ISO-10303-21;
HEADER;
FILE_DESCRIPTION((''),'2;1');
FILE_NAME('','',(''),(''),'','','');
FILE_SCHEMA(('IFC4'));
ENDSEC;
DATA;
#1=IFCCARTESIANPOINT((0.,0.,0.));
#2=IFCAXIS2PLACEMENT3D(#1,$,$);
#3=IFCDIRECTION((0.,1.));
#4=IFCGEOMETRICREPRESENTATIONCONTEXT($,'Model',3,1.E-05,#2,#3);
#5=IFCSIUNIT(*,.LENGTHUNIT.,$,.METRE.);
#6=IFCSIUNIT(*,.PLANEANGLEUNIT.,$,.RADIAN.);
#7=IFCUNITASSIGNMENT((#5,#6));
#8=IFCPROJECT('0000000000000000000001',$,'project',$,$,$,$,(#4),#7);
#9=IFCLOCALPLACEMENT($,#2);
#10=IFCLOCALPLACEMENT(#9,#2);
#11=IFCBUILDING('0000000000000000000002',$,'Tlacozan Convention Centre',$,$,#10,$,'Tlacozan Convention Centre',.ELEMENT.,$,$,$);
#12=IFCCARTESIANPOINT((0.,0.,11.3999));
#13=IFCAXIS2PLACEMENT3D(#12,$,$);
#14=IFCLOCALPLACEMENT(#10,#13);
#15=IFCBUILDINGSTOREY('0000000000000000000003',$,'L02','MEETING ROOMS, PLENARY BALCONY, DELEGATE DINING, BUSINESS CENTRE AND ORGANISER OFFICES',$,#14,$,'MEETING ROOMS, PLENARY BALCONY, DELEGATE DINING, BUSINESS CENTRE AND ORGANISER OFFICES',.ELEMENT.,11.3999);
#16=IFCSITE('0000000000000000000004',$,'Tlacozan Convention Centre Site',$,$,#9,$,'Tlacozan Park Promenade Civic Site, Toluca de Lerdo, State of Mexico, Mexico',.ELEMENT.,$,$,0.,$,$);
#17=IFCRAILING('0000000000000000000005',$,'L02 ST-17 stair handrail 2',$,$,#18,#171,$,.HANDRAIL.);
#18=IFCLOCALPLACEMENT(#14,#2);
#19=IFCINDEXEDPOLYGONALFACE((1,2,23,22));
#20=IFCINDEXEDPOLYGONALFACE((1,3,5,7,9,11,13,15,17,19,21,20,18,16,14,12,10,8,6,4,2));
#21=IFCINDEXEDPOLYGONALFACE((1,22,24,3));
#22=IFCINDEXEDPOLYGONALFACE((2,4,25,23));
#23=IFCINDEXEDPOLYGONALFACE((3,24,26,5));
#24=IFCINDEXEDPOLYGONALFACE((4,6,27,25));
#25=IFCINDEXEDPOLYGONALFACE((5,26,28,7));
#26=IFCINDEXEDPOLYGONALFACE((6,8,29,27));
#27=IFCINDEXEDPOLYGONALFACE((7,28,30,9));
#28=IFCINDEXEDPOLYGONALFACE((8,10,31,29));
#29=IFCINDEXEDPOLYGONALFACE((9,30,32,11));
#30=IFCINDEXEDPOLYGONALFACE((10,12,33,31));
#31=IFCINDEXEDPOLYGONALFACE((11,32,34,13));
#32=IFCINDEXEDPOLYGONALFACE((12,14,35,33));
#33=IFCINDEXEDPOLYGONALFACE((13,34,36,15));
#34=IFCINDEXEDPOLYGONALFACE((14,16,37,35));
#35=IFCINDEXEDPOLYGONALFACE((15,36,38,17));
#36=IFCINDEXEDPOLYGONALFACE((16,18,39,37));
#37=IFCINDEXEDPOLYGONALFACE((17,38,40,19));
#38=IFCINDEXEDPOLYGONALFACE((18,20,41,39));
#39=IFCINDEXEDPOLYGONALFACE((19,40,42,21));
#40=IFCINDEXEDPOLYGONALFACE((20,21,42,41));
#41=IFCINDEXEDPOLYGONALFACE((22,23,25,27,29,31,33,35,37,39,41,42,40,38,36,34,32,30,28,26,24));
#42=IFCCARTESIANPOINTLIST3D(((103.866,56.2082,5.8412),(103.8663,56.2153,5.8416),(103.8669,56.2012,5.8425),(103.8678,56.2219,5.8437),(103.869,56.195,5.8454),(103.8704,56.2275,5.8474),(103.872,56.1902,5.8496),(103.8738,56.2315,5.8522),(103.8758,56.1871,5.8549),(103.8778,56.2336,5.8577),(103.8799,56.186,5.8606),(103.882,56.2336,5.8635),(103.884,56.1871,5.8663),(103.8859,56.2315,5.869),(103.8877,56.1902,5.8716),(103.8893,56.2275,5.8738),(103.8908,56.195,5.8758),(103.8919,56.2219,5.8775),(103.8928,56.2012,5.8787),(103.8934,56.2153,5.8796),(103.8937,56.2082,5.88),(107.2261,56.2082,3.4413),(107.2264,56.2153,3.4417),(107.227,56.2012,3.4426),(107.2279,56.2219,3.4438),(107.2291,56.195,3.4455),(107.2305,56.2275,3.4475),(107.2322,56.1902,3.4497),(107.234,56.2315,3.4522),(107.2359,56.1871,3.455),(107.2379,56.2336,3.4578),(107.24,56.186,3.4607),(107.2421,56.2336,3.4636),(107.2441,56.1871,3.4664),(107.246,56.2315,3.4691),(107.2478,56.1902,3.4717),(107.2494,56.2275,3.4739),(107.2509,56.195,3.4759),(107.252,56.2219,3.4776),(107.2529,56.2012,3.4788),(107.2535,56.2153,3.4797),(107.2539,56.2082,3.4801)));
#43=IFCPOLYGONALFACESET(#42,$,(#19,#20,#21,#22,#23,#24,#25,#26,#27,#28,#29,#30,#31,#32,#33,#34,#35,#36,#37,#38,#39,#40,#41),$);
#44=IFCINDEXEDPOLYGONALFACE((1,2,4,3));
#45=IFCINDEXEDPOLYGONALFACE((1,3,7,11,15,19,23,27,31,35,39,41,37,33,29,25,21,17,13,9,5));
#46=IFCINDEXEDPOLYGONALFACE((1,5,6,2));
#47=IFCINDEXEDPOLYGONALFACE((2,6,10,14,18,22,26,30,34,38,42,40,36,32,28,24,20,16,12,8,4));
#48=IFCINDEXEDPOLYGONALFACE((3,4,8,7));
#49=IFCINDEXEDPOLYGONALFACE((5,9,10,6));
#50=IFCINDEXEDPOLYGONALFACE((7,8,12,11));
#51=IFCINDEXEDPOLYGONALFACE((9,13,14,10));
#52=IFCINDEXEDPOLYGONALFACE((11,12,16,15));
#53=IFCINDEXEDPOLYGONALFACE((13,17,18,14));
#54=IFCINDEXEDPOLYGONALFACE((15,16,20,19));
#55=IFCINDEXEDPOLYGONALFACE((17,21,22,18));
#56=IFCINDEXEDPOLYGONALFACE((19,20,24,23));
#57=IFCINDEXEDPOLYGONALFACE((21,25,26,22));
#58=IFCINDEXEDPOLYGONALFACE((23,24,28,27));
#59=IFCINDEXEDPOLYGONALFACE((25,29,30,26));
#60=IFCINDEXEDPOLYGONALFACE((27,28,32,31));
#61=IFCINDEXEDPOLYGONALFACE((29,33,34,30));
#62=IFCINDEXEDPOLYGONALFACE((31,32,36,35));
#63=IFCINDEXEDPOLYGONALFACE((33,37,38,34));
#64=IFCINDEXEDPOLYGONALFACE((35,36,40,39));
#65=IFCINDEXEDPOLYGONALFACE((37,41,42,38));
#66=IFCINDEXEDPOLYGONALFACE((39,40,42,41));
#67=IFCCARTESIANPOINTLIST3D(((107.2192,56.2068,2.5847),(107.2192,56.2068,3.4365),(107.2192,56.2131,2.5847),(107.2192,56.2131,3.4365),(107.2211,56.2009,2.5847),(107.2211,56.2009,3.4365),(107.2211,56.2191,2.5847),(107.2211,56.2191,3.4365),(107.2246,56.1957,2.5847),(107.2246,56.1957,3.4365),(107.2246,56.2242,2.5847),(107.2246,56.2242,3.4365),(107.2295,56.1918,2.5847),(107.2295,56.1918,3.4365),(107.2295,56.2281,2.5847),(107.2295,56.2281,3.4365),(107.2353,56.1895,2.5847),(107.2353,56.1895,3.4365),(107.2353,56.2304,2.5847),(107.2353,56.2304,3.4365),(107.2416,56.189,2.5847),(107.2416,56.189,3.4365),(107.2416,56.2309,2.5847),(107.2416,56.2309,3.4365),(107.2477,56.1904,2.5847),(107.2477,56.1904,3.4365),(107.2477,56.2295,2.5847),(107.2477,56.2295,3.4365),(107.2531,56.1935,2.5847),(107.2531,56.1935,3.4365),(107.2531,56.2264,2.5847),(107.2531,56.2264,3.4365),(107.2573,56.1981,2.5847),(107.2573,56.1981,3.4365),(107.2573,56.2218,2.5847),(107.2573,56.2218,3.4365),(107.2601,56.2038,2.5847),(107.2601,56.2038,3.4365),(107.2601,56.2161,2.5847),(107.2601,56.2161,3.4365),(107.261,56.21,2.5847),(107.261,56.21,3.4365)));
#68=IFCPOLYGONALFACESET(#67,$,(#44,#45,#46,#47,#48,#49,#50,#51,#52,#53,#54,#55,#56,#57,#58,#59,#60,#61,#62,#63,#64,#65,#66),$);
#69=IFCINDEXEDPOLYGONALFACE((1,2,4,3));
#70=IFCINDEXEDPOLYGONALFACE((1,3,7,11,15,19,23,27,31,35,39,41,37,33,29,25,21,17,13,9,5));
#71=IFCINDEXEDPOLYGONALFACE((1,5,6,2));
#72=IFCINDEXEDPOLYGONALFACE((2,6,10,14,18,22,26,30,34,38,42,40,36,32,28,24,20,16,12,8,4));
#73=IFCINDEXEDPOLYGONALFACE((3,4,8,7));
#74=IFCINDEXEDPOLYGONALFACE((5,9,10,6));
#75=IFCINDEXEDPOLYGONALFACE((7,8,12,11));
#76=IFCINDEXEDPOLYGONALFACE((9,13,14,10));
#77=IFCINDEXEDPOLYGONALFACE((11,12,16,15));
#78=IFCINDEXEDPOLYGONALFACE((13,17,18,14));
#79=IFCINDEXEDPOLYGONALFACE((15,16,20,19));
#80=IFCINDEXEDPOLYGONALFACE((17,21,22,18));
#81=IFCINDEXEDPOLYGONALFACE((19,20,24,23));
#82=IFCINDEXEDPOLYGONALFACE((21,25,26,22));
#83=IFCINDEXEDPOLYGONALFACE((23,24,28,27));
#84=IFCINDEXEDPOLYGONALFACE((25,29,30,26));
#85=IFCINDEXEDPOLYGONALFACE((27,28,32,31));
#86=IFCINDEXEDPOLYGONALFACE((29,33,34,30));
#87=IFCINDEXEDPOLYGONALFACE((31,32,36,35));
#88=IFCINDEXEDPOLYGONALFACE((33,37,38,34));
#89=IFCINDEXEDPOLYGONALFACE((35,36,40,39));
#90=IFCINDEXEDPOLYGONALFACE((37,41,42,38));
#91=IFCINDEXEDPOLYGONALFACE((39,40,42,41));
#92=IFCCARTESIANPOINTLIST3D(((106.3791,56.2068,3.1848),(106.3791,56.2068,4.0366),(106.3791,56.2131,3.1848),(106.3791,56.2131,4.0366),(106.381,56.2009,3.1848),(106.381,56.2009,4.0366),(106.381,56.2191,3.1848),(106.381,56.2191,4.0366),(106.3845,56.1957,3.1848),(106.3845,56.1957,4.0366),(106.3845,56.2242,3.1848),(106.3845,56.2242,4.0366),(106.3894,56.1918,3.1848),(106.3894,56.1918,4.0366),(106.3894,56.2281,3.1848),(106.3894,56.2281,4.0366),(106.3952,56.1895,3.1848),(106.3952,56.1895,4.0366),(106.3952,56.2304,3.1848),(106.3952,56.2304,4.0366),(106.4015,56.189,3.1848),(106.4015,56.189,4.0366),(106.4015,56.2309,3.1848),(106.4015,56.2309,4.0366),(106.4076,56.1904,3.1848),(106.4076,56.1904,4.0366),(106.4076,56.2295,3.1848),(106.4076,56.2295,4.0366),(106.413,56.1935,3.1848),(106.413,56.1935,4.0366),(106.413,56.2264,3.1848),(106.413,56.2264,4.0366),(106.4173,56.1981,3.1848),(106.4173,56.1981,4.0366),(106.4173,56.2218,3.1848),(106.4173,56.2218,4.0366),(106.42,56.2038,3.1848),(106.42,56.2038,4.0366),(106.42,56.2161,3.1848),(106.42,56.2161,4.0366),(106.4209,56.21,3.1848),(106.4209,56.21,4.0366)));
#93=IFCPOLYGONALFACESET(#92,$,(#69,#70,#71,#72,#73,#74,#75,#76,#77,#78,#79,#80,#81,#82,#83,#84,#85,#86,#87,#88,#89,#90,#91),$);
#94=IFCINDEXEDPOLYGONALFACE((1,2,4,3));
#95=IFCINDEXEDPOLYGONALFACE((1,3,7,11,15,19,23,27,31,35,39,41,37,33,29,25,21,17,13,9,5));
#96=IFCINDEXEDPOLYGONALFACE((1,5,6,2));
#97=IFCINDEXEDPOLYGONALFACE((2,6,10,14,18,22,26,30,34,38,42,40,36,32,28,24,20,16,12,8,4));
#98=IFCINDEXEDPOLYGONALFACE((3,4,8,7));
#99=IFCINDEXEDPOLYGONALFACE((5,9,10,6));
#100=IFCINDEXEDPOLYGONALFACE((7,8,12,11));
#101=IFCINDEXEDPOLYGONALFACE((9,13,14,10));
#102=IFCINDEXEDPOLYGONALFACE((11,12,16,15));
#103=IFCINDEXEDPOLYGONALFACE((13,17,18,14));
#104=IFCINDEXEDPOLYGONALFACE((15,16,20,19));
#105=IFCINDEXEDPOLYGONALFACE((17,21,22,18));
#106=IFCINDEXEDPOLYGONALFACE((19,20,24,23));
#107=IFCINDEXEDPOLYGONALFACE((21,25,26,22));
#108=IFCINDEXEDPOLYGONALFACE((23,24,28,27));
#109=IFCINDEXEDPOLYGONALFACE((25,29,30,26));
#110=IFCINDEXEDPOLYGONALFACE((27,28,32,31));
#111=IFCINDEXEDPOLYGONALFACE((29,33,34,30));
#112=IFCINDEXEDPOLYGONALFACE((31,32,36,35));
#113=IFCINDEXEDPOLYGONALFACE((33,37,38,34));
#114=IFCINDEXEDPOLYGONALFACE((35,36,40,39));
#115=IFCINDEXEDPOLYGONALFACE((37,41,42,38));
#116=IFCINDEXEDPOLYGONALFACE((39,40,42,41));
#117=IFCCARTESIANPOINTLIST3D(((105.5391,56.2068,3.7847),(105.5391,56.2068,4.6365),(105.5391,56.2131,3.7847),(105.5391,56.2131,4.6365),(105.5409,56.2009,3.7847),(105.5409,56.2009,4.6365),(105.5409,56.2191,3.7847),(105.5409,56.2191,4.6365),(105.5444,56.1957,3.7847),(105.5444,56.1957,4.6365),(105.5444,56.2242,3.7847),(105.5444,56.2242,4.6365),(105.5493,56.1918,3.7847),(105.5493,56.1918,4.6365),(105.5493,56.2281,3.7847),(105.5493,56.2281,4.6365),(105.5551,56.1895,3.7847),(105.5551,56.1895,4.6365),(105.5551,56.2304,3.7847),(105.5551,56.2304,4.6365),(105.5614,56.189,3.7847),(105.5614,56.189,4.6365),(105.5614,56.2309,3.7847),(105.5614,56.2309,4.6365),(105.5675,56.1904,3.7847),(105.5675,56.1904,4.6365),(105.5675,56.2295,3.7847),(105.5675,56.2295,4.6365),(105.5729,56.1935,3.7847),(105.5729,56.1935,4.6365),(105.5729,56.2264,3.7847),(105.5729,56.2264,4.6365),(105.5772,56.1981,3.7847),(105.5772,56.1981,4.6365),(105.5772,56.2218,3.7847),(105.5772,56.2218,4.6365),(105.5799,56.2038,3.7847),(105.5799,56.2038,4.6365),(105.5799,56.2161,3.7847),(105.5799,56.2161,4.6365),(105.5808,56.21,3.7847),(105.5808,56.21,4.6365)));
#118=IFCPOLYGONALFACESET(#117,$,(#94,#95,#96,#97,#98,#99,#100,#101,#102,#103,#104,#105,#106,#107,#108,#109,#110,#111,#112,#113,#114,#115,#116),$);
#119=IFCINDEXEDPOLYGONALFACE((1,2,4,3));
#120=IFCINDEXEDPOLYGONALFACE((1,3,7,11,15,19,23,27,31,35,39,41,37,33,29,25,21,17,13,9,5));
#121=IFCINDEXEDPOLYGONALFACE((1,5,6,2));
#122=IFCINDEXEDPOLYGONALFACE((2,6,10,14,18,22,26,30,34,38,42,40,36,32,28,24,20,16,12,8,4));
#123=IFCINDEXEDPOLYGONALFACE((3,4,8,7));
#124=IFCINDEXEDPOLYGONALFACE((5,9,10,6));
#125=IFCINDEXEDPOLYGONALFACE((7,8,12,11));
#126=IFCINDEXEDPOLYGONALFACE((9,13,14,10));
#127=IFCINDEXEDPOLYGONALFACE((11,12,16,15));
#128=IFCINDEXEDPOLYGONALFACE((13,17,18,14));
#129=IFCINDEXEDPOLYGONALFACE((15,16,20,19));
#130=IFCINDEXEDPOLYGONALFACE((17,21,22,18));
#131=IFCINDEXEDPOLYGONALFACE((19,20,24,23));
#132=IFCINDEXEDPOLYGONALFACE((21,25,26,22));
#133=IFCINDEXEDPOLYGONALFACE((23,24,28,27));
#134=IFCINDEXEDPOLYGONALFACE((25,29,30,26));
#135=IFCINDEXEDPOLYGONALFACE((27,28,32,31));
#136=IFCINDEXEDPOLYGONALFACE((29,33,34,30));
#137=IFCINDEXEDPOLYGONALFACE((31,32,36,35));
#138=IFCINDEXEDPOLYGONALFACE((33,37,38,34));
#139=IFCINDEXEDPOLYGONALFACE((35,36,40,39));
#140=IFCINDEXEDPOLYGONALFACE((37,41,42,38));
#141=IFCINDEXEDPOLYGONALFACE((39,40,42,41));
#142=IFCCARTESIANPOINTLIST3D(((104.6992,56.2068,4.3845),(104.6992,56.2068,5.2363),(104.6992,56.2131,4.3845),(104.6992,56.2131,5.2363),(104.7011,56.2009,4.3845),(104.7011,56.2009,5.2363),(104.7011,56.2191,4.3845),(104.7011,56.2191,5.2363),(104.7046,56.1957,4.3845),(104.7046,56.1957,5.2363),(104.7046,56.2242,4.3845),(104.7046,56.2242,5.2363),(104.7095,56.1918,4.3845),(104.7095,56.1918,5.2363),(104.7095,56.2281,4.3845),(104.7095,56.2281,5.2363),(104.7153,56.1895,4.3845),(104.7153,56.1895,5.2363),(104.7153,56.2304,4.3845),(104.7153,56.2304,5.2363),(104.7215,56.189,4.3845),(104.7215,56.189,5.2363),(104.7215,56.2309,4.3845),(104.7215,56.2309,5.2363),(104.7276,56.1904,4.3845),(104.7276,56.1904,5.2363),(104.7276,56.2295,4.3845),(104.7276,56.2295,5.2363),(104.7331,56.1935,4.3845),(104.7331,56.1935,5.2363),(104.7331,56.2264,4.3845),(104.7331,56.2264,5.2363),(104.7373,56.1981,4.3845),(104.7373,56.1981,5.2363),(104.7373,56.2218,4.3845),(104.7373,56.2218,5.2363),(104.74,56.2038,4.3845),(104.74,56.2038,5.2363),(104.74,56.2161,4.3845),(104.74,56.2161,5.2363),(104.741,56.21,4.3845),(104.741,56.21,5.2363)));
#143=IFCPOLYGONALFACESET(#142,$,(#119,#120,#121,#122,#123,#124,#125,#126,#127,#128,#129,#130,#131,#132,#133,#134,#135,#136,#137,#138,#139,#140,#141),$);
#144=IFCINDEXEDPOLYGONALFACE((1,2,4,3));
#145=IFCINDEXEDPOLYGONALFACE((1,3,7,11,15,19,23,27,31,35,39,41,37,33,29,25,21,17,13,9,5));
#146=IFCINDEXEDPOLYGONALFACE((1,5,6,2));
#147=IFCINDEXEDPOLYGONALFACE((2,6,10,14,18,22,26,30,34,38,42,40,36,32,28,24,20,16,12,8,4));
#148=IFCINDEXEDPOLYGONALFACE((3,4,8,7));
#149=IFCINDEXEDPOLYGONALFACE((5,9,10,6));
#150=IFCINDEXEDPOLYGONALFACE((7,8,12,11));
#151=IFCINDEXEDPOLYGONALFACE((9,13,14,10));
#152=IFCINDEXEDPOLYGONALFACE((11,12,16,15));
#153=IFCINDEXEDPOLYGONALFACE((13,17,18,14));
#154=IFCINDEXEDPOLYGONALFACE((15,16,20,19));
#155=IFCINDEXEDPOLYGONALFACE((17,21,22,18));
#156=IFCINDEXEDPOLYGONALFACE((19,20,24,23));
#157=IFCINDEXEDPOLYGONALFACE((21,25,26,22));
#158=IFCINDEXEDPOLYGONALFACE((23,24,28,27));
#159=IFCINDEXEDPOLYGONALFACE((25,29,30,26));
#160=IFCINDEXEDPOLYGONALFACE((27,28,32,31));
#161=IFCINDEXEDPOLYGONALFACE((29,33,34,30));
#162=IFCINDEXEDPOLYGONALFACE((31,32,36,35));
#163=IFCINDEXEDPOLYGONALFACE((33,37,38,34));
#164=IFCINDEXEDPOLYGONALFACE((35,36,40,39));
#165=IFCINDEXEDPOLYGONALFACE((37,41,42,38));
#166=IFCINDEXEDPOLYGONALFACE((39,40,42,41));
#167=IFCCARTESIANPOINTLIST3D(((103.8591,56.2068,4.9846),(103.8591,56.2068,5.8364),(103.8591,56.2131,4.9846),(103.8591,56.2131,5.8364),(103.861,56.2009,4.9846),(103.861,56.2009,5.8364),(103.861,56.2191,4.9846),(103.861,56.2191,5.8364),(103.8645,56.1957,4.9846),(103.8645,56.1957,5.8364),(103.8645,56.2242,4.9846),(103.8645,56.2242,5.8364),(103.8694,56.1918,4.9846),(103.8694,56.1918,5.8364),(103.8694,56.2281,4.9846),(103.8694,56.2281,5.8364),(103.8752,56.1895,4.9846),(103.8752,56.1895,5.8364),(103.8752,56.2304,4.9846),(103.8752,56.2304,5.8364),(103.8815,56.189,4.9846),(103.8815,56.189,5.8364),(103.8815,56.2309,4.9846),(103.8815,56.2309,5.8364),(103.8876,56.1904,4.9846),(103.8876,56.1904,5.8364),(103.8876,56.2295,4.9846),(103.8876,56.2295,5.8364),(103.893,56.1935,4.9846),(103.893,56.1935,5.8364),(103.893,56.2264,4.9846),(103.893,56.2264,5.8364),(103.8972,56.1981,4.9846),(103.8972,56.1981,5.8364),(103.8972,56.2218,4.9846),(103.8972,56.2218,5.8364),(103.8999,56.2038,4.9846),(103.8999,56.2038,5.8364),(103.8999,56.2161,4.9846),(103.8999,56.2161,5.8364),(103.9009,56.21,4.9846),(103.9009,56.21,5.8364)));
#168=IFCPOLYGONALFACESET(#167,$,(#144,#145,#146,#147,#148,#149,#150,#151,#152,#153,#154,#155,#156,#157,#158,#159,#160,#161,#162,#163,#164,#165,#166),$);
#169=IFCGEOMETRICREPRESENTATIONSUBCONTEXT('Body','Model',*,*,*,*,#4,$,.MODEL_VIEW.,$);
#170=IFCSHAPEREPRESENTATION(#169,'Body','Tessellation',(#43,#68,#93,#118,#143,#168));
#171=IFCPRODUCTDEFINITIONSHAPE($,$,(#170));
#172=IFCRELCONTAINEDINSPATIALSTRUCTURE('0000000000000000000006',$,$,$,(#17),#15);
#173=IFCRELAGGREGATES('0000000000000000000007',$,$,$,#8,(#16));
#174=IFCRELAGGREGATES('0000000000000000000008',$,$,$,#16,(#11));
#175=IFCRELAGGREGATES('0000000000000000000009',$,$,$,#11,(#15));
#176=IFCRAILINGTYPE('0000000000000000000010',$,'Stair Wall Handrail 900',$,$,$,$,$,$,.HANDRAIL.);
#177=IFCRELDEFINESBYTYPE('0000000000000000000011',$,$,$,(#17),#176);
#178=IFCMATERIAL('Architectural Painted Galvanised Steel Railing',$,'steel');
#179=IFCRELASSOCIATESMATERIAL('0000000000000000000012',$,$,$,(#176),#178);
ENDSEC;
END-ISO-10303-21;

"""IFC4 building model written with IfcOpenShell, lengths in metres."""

from ifc_helpers import new_model, si_unit, direction, frame, origin, origin_2d, place, context, subcontext, project, spatial, circle, extrude, material, type_object, element, save


model = new_model("IFC4")

# Units and contexts
model_context = context("Model", 3, precision=1e-05, world=origin(), true_north=direction((0.0, 1.0)))
body_context = subcontext(model_context, "Body", "Model", "MODEL_VIEW")
ifc_project = project(units=[si_unit("LENGTHUNIT", "METRE"), si_unit("PLANEANGLEUNIT", "RADIAN")], contexts=[model_context])

# Site, building, storey
site_placement = place(None, origin())
site = spatial("IfcSite", under=ifc_project, at=site_placement, Name="Tlacozan Convention Centre Site", LongName="Tlacozan Park Promenade Civic Site, Toluca de Lerdo, State of Mexico, Mexico", CompositionType="ELEMENT", RefElevation=0.0)
building_placement = place(site_placement, origin())
building = spatial("IfcBuilding", under=site, at=building_placement, Name="Tlacozan Convention Centre", LongName="Tlacozan Convention Centre", CompositionType="ELEMENT")
storey_placement = place(building_placement, frame((0.0, 0.0, 11.3999)))
storey = spatial("IfcBuildingStorey", under=building, at=storey_placement, Name="L02", Description="MEETING ROOMS, PLENARY BALCONY, DELEGATE DINING, BUSINESS CENTRE AND ORGANISER OFFICES", LongName="MEETING ROOMS, PLENARY BALCONY, DELEGATE DINING, BUSINESS CENTRE AND ORGANISER OFFICES", CompositionType="ELEMENT", Elevation=11.3999)

# Railing
ifc_material_1 = material(Name="Architectural Painted Galvanised Steel Railing", Category="steel")
railing_type_1 = type_object("IfcRailingType", Name="Stair Wall Handrail 900", PredefinedType="HANDRAIL", material=ifc_material_1)
railing_1_placement = place(storey_placement, frame((107.24, 56.21, 2.5847)))
element("IfcRailing", 1, at=railing_1_placement, inside=storey, type_object=railing_type_1, Name="L02 ST-17 stair handrail 2", PredefinedType="HANDRAIL", context=body_context, shape_type="SweptSolid", body=[
    extrude(circle(Radius=0.0239, at=origin_2d()), frame((0.0, 0.0, 0.876), z_axis=(-0.813753, 0.0, 0.58121), x_axis=(0.0, -1.0, 0.0)), (0.0, 0.0, 1.0), 4.1292),
    extrude(circle(Radius=0.021, at=origin_2d()), origin(), (0.0, 0.0, 1.0), 0.8518),
    extrude(circle(Radius=0.021, at=origin_2d()), frame((-0.8401, 0.0, 0.6001)), (0.0, 0.0, 1.0), 0.8518),
    extrude(circle(Radius=0.021, at=origin_2d()), frame((-1.6802, 0.0, 1.2)), (0.0, 0.0, 1.0), 0.8518),
    extrude(circle(Radius=0.021, at=origin_2d()), frame((-2.52, 0.0, 1.7998)), (0.0, 0.0, 1.0), 0.8518),
    extrude(circle(Radius=0.021, at=origin_2d()), frame((-3.3601, 0.0, 2.3999)), (0.0, 0.0, 1.0), 0.8518),
])

save(model, "model.ifc")
